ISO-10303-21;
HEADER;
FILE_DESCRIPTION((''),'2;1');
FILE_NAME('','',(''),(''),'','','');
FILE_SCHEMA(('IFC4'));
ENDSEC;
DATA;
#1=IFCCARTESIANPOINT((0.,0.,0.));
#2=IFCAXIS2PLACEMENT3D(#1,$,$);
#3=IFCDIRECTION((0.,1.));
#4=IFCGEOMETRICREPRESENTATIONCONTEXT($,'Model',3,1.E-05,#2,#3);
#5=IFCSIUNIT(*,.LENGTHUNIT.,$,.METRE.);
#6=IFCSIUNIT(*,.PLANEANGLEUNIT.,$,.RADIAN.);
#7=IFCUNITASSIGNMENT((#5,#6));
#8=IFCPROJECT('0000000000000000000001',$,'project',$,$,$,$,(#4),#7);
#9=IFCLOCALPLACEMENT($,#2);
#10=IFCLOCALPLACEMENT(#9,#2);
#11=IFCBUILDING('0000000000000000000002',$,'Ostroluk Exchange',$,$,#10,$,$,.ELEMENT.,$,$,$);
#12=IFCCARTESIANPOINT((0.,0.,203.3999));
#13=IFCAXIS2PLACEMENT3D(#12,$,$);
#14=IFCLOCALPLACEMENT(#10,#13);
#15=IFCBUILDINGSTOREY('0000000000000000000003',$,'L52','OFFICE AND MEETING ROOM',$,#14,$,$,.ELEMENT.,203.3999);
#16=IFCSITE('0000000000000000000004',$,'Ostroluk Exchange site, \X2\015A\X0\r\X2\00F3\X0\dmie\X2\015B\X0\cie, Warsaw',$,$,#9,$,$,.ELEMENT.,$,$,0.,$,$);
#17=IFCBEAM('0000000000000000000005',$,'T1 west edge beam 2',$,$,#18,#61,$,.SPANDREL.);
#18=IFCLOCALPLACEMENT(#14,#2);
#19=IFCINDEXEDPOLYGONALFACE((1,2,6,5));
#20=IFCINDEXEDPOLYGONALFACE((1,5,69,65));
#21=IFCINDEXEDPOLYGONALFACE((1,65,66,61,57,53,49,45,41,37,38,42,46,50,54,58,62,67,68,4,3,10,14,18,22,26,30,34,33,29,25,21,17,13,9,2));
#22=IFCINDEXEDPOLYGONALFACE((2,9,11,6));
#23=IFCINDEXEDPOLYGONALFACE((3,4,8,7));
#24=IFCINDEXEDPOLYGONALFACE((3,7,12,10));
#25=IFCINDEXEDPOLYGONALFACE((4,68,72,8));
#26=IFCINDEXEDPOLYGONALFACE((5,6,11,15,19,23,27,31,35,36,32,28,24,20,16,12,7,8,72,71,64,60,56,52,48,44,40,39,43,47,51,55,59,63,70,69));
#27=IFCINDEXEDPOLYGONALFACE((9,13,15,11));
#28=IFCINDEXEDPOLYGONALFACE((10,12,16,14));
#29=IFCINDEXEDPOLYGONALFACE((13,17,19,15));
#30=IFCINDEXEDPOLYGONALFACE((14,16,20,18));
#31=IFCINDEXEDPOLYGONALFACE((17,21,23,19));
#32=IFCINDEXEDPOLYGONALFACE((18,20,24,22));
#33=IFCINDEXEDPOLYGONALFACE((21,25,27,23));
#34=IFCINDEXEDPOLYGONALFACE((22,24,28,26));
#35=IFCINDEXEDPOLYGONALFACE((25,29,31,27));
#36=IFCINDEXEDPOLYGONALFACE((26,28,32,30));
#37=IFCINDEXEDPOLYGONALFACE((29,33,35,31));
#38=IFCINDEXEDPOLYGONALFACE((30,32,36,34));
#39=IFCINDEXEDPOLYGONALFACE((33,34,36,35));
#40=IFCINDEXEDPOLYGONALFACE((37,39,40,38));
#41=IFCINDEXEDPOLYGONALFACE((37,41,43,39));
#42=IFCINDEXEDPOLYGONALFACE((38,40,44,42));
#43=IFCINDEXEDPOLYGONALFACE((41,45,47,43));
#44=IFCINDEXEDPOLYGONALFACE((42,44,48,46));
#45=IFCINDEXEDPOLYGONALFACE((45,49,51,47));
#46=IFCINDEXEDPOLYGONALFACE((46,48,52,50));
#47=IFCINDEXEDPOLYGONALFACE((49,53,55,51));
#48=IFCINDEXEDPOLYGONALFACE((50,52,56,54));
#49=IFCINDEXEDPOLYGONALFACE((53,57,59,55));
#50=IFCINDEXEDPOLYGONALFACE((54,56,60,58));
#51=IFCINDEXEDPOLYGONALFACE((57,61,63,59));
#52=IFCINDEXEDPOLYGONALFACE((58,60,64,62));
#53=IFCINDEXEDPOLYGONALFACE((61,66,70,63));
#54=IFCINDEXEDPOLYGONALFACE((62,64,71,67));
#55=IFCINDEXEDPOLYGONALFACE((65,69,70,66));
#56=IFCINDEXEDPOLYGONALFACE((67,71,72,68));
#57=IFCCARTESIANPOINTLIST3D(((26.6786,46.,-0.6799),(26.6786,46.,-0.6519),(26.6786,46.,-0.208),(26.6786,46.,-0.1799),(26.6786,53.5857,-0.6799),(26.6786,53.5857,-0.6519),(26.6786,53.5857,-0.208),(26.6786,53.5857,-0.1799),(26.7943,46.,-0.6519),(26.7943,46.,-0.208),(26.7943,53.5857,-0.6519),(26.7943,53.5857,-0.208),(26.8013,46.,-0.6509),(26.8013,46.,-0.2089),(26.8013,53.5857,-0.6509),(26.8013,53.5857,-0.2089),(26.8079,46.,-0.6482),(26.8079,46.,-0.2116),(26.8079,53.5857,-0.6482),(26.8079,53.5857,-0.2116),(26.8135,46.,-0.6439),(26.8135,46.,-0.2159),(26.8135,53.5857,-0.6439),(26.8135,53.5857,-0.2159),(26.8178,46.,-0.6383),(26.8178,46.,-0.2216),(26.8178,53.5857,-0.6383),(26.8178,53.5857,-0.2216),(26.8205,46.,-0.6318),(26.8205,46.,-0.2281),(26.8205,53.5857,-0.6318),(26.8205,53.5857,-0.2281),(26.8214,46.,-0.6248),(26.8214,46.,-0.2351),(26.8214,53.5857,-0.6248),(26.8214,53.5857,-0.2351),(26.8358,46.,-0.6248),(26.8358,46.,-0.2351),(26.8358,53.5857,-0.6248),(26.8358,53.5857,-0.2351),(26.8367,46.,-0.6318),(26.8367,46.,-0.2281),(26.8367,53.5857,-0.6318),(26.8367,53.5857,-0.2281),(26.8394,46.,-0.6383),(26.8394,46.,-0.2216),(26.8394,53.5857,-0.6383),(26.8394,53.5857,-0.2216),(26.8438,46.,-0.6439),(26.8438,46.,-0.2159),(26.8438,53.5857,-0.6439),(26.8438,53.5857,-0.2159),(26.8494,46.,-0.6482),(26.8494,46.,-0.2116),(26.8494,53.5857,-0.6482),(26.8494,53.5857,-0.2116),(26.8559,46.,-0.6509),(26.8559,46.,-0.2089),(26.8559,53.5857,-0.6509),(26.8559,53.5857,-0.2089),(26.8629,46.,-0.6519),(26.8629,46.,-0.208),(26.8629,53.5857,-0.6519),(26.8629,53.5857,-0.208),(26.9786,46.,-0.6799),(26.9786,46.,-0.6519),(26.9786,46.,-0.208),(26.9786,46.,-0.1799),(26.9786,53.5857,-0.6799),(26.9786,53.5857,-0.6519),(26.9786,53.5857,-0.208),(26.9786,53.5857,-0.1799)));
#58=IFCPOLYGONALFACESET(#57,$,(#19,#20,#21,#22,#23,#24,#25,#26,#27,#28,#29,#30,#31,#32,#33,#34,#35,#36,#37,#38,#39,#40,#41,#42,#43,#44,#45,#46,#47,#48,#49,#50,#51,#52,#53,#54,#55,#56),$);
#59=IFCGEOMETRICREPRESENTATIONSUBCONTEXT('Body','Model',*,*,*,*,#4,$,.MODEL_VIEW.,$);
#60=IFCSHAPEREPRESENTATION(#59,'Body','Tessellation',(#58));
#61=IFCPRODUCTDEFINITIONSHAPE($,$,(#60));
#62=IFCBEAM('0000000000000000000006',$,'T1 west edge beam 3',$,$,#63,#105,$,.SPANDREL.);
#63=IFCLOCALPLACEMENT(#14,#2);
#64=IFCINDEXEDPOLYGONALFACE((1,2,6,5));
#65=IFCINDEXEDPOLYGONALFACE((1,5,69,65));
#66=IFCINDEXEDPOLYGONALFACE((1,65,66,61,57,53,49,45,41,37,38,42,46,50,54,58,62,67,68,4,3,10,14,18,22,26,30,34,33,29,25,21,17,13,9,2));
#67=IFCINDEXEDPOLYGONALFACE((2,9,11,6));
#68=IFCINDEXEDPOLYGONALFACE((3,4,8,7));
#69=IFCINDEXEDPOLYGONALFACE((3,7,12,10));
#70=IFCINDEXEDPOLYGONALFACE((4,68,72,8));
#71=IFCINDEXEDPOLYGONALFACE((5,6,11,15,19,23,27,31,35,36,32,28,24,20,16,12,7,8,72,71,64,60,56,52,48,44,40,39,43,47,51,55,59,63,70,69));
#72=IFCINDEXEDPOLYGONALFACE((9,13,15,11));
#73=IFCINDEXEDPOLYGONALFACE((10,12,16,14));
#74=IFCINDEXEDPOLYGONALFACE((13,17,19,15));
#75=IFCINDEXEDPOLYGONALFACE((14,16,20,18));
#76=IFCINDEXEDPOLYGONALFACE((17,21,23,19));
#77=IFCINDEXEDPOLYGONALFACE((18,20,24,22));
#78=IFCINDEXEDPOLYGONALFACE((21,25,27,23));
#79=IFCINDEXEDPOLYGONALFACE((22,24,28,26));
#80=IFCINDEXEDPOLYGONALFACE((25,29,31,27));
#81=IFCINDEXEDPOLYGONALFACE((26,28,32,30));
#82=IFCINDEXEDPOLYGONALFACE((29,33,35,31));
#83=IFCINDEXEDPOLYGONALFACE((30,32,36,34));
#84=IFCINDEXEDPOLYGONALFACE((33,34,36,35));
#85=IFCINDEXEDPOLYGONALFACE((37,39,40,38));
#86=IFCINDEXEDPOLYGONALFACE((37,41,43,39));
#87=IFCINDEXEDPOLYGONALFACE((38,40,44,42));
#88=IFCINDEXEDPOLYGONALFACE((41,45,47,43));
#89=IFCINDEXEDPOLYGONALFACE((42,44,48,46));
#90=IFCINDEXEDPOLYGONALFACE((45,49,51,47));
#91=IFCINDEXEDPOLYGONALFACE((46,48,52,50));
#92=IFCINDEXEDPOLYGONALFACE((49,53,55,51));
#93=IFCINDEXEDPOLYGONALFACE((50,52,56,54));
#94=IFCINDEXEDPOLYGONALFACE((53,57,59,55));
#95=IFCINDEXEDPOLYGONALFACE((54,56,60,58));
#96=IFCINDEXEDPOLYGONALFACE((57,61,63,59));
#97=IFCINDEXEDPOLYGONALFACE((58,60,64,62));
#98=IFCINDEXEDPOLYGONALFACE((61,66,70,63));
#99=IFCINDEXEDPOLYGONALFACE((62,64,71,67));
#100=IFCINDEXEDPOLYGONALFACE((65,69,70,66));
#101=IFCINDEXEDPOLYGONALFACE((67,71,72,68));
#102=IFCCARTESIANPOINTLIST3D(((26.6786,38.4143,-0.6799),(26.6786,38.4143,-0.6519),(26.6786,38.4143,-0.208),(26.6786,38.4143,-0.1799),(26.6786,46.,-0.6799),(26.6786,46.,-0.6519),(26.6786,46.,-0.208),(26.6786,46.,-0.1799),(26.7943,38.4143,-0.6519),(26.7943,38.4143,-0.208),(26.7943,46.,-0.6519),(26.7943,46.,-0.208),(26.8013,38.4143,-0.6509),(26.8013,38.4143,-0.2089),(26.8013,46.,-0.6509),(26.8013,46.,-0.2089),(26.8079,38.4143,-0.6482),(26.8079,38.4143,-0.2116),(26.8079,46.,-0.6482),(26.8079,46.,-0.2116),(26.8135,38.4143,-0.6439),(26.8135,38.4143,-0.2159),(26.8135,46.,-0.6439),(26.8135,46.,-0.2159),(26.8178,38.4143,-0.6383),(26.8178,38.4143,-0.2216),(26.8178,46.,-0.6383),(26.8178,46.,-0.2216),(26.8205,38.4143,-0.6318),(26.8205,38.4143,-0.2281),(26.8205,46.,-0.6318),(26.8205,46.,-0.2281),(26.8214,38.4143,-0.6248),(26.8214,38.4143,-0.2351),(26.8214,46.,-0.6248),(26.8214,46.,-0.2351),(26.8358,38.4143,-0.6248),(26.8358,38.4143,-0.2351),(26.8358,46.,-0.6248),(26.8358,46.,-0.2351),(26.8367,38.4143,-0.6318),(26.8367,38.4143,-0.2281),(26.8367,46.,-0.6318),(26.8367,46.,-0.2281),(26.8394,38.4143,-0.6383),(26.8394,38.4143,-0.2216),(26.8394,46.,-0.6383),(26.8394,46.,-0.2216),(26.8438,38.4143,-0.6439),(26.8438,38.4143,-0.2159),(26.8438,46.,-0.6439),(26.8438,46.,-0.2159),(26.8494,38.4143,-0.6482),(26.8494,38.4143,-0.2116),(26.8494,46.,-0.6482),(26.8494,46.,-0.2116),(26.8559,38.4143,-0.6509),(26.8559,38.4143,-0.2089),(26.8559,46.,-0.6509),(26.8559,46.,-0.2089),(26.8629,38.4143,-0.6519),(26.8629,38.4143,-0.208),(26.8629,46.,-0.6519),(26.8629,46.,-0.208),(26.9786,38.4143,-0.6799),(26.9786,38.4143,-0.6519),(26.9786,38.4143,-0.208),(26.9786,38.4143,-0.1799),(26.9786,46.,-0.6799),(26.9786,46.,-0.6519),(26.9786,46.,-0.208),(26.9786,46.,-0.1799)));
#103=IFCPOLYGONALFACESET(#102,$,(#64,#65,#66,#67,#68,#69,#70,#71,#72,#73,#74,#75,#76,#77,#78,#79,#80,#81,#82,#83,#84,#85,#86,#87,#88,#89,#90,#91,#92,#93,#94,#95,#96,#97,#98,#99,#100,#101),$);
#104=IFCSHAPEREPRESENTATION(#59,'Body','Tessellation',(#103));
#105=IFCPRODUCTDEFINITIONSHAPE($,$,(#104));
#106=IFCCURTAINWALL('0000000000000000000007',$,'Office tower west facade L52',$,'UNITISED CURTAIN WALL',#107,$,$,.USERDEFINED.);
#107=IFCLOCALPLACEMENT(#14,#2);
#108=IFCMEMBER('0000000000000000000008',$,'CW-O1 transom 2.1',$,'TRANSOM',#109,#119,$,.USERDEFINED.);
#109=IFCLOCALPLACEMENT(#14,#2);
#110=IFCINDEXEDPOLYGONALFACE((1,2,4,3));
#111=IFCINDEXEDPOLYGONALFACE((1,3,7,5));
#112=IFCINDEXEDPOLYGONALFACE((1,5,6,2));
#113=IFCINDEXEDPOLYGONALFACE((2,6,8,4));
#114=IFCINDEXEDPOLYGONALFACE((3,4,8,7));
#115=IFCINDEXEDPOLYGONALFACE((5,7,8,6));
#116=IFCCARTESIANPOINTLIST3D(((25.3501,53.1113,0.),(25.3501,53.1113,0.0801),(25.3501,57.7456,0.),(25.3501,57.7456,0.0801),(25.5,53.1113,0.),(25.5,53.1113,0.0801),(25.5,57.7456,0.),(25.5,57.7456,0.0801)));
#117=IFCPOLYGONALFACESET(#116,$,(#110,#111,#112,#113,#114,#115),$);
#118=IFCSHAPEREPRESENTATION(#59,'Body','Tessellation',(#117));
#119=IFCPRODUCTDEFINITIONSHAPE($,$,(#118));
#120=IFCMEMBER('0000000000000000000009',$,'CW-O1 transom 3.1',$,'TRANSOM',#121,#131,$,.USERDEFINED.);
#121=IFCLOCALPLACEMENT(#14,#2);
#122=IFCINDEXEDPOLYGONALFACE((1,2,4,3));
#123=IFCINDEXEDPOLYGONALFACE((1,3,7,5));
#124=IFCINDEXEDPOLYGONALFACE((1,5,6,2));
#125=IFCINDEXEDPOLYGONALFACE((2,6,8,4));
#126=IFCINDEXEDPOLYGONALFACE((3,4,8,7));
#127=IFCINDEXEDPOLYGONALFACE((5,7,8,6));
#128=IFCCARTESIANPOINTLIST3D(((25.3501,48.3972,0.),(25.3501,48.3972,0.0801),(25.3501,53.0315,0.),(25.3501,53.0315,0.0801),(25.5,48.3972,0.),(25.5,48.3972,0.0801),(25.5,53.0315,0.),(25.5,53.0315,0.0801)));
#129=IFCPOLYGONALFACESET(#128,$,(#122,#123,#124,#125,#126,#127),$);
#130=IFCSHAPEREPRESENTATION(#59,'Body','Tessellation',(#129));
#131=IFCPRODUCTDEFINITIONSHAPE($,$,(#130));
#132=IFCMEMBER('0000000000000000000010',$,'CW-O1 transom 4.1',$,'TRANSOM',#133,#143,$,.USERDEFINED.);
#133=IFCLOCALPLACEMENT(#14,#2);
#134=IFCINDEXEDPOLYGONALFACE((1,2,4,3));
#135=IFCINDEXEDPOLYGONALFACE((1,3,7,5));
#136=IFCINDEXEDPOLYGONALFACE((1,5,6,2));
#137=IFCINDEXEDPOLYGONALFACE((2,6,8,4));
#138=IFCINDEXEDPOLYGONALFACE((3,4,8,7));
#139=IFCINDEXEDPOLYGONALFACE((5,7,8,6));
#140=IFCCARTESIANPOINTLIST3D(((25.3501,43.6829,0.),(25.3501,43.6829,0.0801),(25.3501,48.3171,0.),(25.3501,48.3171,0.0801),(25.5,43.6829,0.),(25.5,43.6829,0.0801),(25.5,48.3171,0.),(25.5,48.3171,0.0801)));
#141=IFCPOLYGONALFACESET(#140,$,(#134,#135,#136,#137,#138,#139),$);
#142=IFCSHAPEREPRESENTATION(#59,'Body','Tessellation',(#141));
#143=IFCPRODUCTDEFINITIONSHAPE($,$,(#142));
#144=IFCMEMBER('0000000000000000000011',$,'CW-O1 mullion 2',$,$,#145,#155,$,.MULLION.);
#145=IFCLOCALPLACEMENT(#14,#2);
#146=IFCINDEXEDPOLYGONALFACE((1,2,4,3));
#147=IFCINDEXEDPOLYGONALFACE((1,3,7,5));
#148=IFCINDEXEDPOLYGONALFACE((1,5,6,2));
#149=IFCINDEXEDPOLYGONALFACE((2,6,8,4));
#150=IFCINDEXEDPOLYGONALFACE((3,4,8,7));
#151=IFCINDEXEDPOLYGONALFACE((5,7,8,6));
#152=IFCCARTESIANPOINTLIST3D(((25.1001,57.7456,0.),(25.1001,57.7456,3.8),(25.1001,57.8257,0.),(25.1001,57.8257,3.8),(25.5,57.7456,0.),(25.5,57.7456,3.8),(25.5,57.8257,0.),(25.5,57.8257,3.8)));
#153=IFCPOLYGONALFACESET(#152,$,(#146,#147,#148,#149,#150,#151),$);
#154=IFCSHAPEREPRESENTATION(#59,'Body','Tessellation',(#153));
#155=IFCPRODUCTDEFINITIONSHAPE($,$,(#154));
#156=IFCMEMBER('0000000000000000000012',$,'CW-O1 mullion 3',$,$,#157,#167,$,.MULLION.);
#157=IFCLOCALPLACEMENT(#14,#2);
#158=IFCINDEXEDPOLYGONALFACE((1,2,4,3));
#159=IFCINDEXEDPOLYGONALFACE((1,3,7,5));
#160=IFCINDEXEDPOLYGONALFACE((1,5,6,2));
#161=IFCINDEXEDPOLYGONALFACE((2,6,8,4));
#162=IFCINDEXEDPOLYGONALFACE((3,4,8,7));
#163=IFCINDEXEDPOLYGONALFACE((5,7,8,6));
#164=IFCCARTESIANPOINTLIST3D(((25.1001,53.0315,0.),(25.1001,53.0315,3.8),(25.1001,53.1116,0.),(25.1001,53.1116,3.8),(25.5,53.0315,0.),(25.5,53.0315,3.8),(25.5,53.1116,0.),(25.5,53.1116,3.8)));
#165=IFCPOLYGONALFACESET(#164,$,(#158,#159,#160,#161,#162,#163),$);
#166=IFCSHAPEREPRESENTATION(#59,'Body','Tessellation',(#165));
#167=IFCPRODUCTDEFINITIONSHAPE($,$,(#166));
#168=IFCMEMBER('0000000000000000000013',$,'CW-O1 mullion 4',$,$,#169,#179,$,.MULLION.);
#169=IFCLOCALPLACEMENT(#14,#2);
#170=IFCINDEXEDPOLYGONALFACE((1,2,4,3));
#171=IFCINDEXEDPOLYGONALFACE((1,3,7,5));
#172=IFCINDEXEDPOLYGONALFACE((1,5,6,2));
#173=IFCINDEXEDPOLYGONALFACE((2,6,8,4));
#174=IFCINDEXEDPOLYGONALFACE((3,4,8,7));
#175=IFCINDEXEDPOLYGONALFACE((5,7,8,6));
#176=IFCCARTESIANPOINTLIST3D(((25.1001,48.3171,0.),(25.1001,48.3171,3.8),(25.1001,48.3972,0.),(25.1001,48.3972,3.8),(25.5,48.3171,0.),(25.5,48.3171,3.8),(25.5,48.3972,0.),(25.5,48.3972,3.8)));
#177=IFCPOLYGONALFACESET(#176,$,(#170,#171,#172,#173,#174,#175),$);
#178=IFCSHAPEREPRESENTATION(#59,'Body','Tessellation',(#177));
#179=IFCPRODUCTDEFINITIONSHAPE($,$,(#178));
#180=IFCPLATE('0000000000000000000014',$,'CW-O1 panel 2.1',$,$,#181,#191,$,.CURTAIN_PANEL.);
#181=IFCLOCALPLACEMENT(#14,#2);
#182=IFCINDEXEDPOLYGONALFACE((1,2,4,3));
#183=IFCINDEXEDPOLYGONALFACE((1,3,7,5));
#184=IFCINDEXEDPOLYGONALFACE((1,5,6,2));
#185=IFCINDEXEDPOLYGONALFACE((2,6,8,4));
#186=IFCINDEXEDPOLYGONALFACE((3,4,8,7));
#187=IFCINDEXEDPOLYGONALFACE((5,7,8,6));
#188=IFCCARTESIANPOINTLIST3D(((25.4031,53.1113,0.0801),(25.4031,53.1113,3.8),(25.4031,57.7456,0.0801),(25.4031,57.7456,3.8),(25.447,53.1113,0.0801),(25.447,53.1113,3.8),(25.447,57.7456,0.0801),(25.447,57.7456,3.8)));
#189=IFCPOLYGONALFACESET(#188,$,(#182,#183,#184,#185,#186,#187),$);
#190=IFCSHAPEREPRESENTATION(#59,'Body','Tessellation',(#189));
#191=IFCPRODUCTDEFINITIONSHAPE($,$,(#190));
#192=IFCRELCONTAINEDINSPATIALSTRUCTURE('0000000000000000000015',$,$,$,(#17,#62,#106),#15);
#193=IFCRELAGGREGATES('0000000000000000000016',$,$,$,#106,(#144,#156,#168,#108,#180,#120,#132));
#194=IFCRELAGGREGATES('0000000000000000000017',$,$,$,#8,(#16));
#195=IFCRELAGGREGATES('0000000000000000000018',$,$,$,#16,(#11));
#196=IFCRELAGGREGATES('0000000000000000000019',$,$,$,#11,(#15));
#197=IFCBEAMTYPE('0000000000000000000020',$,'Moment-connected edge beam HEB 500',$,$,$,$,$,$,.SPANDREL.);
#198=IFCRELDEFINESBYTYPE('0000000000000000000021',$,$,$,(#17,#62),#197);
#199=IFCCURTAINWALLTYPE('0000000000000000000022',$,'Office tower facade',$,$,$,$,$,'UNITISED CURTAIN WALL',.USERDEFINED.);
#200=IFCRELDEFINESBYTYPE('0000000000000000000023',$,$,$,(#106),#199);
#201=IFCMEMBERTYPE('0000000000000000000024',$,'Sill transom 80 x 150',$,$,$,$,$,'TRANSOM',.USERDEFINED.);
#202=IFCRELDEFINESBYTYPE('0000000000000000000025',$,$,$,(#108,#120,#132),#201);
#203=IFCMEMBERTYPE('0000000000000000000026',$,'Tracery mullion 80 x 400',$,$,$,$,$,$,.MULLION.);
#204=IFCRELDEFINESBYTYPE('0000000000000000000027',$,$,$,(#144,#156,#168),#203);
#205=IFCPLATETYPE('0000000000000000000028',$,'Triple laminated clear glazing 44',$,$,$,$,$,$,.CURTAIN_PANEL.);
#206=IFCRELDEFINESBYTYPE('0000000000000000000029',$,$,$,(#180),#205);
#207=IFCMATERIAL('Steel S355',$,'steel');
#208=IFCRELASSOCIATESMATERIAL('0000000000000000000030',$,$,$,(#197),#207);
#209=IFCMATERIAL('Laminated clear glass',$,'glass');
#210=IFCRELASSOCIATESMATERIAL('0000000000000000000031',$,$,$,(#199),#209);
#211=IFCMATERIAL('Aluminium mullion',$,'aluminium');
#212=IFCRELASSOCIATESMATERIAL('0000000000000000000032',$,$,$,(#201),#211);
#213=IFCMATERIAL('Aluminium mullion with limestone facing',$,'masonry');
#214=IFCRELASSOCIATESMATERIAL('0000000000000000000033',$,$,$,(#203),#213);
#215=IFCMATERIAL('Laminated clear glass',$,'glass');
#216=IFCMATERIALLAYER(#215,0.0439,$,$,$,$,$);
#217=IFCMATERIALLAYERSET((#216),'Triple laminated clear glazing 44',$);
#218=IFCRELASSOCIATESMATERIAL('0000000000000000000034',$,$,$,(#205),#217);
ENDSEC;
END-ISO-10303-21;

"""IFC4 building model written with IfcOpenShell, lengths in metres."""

from ifc_helpers import new_model, si_unit, direction, frame, origin, origin_2d, place, context, subcontext, project, spatial, rectangle, i_section, extrude, material, layer, layer_set, material_profile, profile_set, type_object, element, aggregate, save


model = new_model("IFC4")

# Units and contexts
model_context = context("Model", 3, precision=1e-05, world=origin(), true_north=direction((0.0, 1.0)))
body_context = subcontext(model_context, "Body", "Model", "MODEL_VIEW")
ifc_project = project(units=[si_unit("LENGTHUNIT", "METRE"), si_unit("PLANEANGLEUNIT", "RADIAN")], contexts=[model_context])

# Site, building, storey
site_placement = place(None, origin())
site = spatial("IfcSite", under=ifc_project, at=site_placement, Name="Ostroluk Exchange site, Śródmieście, Warsaw", CompositionType="ELEMENT", RefElevation=0.0)
building_placement = place(site_placement, origin())
building = spatial("IfcBuilding", under=site, at=building_placement, Name="Ostroluk Exchange", CompositionType="ELEMENT")
storey_placement = place(building_placement, frame((0.0, 0.0, 203.3999)))
storey = spatial("IfcBuildingStorey", under=building, at=storey_placement, Name="L52", Description="OFFICE AND MEETING ROOM", CompositionType="ELEMENT", Elevation=203.3999)

# Beams
ifc_material_1 = material(Name="Steel S355", Category="steel")
ifc_material_profile_1 = material_profile(ifc_material_1, i_section(OverallWidth=0.3, OverallDepth=0.5, WebThickness=0.0144, FlangeThickness=0.0281, FilletRadius=0.0271, at=origin_2d()), Name="HEB 500")
ifc_profile_set_1 = profile_set([ifc_material_profile_1], Name="Steel S355")
beam_type_1 = type_object("IfcBeamType", Name="Moment-connected edge beam HEB 500", PredefinedType="SPANDREL", material=ifc_profile_set_1)
for number, where, z_axis, x_axis, name in (
    (1, (26.8286, 53.5857, -0.4299), (0.0, -1.0, 0.0), (1.0, 0.0, 0.0), "T1 west edge beam 2"),
    (2, (26.8286, 46.0, -0.4299), (0.0, -1.0, 0.0), (1.0, 0.0, 0.0), "T1 west edge beam 3"),
):
    element("IfcBeam", number, at=place(storey_placement, frame(where, z_axis=z_axis, x_axis=x_axis)), inside=storey, type_object=beam_type_1, Name=name, PredefinedType="SPANDREL", context=body_context, shape_type="SweptSolid", body=[
        extrude(i_section(OverallWidth=0.3, OverallDepth=0.5, WebThickness=0.0144, FlangeThickness=0.0281, FilletRadius=0.0271, at=origin_2d()), origin(), (0.0, 0.0, 1.0), 7.5857),
    ])

# Curtain wall, members, plate
ifc_material_2 = material(Name="Laminated clear glass", Category="glass")
curtain_wall_type = type_object("IfcCurtainWallType", Name="Office tower facade", ElementType="UNITISED CURTAIN WALL", PredefinedType="USERDEFINED", material=ifc_material_2)
curtain_wall_placement = place(storey_placement, origin())
curtain_wall = element("IfcCurtainWall", 3, at=curtain_wall_placement, inside=storey, type_object=curtain_wall_type, Name="Office tower west facade L52", ObjectType="UNITISED CURTAIN WALL", PredefinedType="USERDEFINED")
ifc_material_3 = material(Name="Aluminium mullion", Category="aluminium")
ifc_material_profile_2 = material_profile(ifc_material_3, rectangle(XDim=0.1499, YDim=0.0801, at=origin_2d()), Name="Sill transom 80 x 150")
ifc_profile_set_2 = profile_set([ifc_material_profile_2], Name="Aluminium mullion")
member_type_1 = type_object("IfcMemberType", Name="Sill transom 80 x 150", ElementType="TRANSOM", PredefinedType="USERDEFINED", material=ifc_profile_set_2)
member_1_placement = place(storey_placement, frame((25.425, 57.7456, 0.04), z_axis=(0.0, -1.0, 0.0), x_axis=(1.0, 0.0, 0.0)))
member_1 = element("IfcMember", 4, at=member_1_placement, type_object=member_type_1, Name="CW-O1 transom 2.1", ObjectType="TRANSOM", PredefinedType="USERDEFINED", context=body_context, shape_type="SweptSolid", body=[
    extrude(rectangle(XDim=0.1499, YDim=0.0801, at=origin_2d()), origin(), (0.0, 0.0, 1.0), 4.6343),
])
member_2_placement = place(storey_placement, frame((25.425, 53.0315, 0.04), z_axis=(0.0, -1.0, 0.0), x_axis=(1.0, 0.0, 0.0)))
member_2 = element("IfcMember", 5, at=member_2_placement, type_object=member_type_1, Name="CW-O1 transom 3.1", ObjectType="TRANSOM", PredefinedType="USERDEFINED", context=body_context, shape_type="SweptSolid", body=[
    extrude(rectangle(XDim=0.1499, YDim=0.0801, at=origin_2d()), origin(), (0.0, 0.0, 1.0), 4.6343),
])
member_3_placement = place(storey_placement, frame((25.425, 48.3171, 0.04), z_axis=(0.0, -1.0, 0.0), x_axis=(1.0, 0.0, 0.0)))
member_3 = element("IfcMember", 6, at=member_3_placement, type_object=member_type_1, Name="CW-O1 transom 4.1", ObjectType="TRANSOM", PredefinedType="USERDEFINED", context=body_context, shape_type="SweptSolid", body=[
    extrude(rectangle(XDim=0.1499, YDim=0.0801, at=origin_2d()), origin(), (0.0, 0.0, 1.0), 4.6343),
])
ifc_material_4 = material(Name="Aluminium mullion with limestone facing", Category="masonry")
ifc_material_profile_3 = material_profile(ifc_material_4, rectangle(XDim=0.3999, YDim=0.0801, at=origin_2d()), Name="Tracery mullion 80 x 400")
ifc_profile_set_3 = profile_set([ifc_material_profile_3], Name="Aluminium mullion with limestone facing")
member_type_2 = type_object("IfcMemberType", Name="Tracery mullion 80 x 400", PredefinedType="MULLION", material=ifc_profile_set_3)
member_4_placement = place(storey_placement, frame((25.3, 57.7856, 0.0), z_axis=(0.0, 0.0, 1.0), x_axis=(1.0, 0.0, 0.0)))
member_4 = element("IfcMember", 7, at=member_4_placement, type_object=member_type_2, Name="CW-O1 mullion 2", PredefinedType="MULLION", context=body_context, shape_type="SweptSolid", body=[
    extrude(rectangle(XDim=0.3999, YDim=0.0801, at=origin_2d()), origin(), (0.0, 0.0, 1.0), 3.8),
])
member_5_placement = place(storey_placement, frame((25.3, 53.0715, 0.0), z_axis=(0.0, 0.0, 1.0), x_axis=(1.0, 0.0, 0.0)))
member_5 = element("IfcMember", 8, at=member_5_placement, type_object=member_type_2, Name="CW-O1 mullion 3", PredefinedType="MULLION", context=body_context, shape_type="SweptSolid", body=[
    extrude(rectangle(XDim=0.3999, YDim=0.0801, at=origin_2d()), origin(), (0.0, 0.0, 1.0), 3.8),
])
member_6_placement = place(storey_placement, frame((25.3, 48.3572, 0.0), z_axis=(0.0, 0.0, 1.0), x_axis=(1.0, 0.0, 0.0)))
member_6 = element("IfcMember", 9, at=member_6_placement, type_object=member_type_2, Name="CW-O1 mullion 4", PredefinedType="MULLION", context=body_context, shape_type="SweptSolid", body=[
    extrude(rectangle(XDim=0.3999, YDim=0.0801, at=origin_2d()), origin(), (0.0, 0.0, 1.0), 3.8),
])
ifc_material_5 = material(Name="Laminated clear glass", Category="glass")
ifc_layer_1 = layer(ifc_material_5, 0.0439)
ifc_layer_set_1 = layer_set([ifc_layer_1], Name="Triple laminated clear glazing 44")
plate_type = type_object("IfcPlateType", Name="Triple laminated clear glazing 44", PredefinedType="CURTAIN_PANEL", material=ifc_layer_set_1)
plate_1_placement = place(storey_placement, frame((25.425, 55.4285, 0.0801), z_axis=(0.0, 0.0, 1.0), x_axis=(0.0, -1.0, 0.0)))
plate_1 = element("IfcPlate", 10, at=plate_1_placement, type_object=plate_type, Name="CW-O1 panel 2.1", PredefinedType="CURTAIN_PANEL", context=body_context, shape_type="SweptSolid", body=[
    extrude(rectangle(XDim=4.6343, YDim=0.0439, at=origin_2d()), origin(), (0.0, 0.0, 1.0), 3.72),
])
aggregate(curtain_wall, [member_4, member_5, member_6, member_1, plate_1, member_2, member_3])

save(model, "model.ifc")
